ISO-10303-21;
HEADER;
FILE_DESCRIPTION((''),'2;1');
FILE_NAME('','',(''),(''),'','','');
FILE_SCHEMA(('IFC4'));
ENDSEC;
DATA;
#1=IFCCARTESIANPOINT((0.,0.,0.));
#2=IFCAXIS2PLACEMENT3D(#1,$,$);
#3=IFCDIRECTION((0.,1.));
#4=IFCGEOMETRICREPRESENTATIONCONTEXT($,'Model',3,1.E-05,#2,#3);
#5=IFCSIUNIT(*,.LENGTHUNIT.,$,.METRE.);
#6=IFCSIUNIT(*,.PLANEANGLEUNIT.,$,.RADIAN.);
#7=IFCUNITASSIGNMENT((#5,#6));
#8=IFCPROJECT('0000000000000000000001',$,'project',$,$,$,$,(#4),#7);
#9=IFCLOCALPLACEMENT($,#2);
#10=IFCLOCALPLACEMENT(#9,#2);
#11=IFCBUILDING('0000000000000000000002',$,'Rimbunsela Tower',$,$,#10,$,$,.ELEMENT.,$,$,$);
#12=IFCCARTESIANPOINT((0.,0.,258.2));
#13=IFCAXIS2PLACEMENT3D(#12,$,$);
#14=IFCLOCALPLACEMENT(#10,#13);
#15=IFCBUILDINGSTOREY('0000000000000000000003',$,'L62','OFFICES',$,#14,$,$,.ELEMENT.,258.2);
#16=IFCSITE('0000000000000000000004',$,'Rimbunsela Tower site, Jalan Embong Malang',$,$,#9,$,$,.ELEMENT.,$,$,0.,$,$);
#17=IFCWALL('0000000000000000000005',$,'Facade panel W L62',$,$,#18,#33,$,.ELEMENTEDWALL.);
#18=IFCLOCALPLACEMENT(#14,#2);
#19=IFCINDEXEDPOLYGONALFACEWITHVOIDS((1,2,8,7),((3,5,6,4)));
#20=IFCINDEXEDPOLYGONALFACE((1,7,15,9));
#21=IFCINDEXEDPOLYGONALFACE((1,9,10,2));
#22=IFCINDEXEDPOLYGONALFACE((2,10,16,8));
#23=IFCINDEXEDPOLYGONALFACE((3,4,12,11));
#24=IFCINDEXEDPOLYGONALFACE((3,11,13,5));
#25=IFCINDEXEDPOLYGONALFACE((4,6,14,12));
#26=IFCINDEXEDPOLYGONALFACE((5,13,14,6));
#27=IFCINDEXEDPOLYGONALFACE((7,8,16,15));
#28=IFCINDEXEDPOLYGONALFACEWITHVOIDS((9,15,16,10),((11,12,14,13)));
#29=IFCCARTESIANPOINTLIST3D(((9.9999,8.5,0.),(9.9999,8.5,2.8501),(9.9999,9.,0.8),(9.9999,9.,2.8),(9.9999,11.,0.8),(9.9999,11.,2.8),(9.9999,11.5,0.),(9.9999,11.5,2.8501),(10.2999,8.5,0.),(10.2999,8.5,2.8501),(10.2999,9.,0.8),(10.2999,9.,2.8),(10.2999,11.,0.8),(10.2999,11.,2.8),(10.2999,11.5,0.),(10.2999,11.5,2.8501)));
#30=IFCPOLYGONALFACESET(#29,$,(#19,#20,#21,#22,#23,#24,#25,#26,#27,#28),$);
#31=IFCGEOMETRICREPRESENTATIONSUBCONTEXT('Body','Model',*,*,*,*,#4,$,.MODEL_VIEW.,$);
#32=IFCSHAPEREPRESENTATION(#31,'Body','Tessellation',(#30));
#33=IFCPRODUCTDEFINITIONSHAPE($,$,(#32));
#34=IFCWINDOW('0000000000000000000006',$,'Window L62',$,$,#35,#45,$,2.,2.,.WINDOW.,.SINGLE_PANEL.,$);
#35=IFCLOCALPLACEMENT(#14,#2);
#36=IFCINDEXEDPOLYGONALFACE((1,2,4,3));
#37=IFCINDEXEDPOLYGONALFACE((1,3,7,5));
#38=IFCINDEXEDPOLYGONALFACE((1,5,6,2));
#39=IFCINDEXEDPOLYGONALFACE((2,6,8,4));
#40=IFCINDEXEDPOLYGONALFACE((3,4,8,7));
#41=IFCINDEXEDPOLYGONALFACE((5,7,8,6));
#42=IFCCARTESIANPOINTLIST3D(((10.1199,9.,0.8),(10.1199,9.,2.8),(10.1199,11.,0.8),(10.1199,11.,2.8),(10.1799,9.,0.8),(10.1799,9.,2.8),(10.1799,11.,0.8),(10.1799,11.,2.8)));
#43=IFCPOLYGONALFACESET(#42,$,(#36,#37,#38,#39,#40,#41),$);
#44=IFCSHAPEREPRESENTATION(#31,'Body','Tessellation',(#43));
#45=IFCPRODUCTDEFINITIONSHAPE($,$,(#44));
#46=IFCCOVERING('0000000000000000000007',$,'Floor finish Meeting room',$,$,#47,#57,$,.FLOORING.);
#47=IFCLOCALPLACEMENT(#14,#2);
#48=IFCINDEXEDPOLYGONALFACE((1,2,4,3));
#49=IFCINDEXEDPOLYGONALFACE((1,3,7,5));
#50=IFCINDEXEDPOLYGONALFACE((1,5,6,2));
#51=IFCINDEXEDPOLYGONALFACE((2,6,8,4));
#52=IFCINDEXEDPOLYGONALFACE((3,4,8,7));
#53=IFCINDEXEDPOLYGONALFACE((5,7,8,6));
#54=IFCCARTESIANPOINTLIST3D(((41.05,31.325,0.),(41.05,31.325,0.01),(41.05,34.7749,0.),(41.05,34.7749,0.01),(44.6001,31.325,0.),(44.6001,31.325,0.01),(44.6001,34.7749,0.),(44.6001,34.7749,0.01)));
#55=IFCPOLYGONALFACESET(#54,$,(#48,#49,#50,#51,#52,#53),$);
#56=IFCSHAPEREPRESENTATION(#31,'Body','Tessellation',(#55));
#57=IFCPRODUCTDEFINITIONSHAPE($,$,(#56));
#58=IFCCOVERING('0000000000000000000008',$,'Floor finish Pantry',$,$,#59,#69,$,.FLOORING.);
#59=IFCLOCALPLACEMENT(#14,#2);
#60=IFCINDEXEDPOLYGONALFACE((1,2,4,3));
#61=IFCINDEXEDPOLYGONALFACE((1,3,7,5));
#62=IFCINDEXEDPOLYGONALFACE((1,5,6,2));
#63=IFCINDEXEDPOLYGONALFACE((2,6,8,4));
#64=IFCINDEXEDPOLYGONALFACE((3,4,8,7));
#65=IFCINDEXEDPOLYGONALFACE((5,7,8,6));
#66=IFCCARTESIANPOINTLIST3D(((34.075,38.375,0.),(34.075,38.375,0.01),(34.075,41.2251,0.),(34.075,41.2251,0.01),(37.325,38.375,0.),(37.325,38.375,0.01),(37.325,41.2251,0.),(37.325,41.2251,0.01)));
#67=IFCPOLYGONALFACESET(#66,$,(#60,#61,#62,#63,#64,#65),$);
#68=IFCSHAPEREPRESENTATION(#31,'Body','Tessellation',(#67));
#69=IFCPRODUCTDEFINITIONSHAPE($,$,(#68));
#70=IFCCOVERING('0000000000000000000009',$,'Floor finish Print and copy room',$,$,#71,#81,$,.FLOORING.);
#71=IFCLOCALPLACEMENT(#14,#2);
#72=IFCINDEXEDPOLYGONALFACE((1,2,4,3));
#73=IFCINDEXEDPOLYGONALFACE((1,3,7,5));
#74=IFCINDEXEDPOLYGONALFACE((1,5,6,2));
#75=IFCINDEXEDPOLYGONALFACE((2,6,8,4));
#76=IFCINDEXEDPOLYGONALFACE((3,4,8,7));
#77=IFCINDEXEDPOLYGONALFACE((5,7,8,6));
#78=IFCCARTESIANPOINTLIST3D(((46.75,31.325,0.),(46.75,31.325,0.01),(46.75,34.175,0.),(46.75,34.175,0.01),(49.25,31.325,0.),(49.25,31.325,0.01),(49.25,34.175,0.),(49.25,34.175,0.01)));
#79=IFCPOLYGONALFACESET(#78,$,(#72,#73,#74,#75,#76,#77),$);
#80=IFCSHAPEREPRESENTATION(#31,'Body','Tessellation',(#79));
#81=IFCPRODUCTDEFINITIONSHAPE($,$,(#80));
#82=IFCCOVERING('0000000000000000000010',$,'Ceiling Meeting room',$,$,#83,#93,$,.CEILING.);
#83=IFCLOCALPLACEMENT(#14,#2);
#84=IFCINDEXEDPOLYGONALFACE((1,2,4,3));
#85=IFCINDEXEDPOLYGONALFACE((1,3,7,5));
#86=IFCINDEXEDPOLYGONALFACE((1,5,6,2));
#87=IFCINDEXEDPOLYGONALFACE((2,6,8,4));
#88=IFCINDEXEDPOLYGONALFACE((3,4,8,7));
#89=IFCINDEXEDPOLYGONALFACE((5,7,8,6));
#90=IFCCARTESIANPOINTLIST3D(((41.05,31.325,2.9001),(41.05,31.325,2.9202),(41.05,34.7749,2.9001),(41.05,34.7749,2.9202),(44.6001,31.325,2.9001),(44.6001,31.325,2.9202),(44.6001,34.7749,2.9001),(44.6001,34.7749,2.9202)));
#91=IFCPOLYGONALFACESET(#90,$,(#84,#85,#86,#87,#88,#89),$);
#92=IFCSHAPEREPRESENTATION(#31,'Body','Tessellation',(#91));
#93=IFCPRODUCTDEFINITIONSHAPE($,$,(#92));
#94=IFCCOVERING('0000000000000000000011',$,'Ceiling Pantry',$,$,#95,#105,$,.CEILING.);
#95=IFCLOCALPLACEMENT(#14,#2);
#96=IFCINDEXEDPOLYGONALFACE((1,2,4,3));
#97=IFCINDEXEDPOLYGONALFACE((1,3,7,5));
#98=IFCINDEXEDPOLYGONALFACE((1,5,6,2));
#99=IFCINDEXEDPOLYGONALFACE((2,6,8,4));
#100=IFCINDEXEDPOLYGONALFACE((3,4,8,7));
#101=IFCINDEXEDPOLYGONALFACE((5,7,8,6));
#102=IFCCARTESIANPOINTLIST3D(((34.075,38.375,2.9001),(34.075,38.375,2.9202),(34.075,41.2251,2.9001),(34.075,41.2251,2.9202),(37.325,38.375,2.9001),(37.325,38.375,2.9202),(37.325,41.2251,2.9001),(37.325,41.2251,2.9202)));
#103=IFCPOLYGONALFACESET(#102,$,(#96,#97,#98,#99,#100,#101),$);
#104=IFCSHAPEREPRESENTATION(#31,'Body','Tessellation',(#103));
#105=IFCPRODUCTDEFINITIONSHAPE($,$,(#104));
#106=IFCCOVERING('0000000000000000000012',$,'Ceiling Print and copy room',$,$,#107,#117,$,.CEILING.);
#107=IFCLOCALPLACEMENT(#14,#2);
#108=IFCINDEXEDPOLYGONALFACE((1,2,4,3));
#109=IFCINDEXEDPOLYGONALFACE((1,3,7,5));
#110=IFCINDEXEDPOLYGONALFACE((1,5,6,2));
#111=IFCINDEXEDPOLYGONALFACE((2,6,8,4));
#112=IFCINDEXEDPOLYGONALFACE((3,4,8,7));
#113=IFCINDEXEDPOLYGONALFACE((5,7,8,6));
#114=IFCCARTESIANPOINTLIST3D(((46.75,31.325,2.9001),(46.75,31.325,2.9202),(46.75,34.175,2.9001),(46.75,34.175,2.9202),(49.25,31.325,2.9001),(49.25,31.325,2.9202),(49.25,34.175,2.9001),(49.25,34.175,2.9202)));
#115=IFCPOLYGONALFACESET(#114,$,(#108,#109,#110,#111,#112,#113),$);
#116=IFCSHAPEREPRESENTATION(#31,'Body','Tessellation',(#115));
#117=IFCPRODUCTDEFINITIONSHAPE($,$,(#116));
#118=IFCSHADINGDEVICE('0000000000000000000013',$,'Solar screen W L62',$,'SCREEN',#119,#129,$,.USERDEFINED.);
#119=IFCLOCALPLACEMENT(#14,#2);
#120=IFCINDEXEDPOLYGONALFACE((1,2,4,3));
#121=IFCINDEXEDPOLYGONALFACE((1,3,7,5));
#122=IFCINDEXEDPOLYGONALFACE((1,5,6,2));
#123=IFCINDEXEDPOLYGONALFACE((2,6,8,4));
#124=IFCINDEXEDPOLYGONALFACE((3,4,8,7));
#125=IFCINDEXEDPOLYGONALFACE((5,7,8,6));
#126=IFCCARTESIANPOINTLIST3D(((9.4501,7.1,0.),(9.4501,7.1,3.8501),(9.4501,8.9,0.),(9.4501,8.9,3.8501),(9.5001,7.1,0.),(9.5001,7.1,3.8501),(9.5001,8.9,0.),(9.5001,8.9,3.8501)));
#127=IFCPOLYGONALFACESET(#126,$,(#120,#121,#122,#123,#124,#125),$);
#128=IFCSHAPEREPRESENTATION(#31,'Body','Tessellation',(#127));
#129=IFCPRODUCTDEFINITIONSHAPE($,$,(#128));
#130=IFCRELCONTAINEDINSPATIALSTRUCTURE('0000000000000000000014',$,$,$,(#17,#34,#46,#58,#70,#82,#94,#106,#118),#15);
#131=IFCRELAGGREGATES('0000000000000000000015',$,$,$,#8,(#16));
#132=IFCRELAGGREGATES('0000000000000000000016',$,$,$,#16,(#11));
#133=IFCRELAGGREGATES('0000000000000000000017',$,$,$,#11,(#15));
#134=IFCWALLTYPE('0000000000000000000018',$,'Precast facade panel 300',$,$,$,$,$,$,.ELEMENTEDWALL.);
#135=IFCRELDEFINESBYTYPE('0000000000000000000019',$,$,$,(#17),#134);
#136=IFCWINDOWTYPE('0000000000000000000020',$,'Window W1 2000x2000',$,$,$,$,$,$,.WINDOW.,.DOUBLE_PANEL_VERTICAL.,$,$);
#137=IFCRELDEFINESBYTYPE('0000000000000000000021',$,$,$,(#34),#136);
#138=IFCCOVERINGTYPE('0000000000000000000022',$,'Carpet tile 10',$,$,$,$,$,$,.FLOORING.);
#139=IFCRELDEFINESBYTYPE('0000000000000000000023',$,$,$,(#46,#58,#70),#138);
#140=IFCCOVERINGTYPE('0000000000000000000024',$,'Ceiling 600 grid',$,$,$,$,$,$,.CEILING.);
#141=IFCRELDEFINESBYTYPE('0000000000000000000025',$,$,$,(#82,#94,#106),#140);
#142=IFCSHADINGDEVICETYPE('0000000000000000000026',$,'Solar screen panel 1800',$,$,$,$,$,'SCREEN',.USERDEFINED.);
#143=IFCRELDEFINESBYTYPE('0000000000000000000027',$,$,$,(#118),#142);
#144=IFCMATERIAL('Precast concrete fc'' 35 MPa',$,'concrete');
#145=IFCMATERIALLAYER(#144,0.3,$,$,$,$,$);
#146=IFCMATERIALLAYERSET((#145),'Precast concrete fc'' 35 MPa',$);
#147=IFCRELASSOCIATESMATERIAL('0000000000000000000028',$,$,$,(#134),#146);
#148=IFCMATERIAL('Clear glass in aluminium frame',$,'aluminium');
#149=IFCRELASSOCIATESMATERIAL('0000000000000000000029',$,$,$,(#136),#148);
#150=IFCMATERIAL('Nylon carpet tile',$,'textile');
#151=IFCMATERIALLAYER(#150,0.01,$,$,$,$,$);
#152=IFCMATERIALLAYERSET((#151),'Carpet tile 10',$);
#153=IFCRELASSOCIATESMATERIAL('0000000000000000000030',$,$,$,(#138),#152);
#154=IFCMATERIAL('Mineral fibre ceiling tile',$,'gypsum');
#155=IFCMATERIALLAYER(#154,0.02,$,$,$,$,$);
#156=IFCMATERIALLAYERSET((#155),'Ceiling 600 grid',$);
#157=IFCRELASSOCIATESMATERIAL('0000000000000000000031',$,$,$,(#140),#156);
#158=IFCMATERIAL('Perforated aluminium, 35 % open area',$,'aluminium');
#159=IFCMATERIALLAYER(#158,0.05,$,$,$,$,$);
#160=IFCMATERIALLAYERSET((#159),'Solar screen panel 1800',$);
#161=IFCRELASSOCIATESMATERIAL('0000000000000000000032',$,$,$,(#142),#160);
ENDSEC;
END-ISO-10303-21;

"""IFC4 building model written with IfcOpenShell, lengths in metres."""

from ifc_helpers import new_model, si_unit, direction, frame, frame_2d, origin, origin_2d, place, context, subcontext, project, spatial, polyline, rectangle, outline, extrude, material, layer, layer_set, type_object, element, fill, save


model = new_model("IFC4")

# Units and contexts
model_context = context("Model", 3, precision=1e-05, world=origin(), true_north=direction((0.0, 1.0)))
body_context = subcontext(model_context, "Body", "Model", "MODEL_VIEW")
ifc_project = project(units=[si_unit("LENGTHUNIT", "METRE"), si_unit("PLANEANGLEUNIT", "RADIAN")], contexts=[model_context])

# Site, building, storey
site_placement = place(None, origin())
site = spatial("IfcSite", under=ifc_project, at=site_placement, Name="Rimbunsela Tower site, Jalan Embong Malang", CompositionType="ELEMENT", RefElevation=0.0)
building_placement = place(site_placement, origin())
building = spatial("IfcBuilding", under=site, at=building_placement, Name="Rimbunsela Tower", CompositionType="ELEMENT")
storey_placement = place(building_placement, frame((0.0, 0.0, 258.2)))
storey = spatial("IfcBuildingStorey", under=building, at=storey_placement, Name="L62", Description="OFFICES", CompositionType="ELEMENT", Elevation=258.2)

# Shared definitions
ifc_material_1 = material(Name="Precast concrete fc' 35 MPa", Category="concrete")
ifc_layer_1 = layer(ifc_material_1, 0.3)
ifc_layer_set_1 = layer_set([ifc_layer_1], Name="Precast concrete fc' 35 MPa")
wall_type = type_object("IfcWallType", Name="Precast facade panel 300", PredefinedType="ELEMENTEDWALL", material=ifc_layer_set_1)

# Wall, opening, window
wall_1_placement = place(storey_placement, frame((10.1499, 11.5, 0.0), z_axis=(0.0, 0.0, 1.0), x_axis=(0.0, -1.0, 0.0)))
wall_1 = element("IfcWall", 1, at=wall_1_placement, inside=storey, type_object=wall_type, Name="Facade panel W L62", PredefinedType="ELEMENTEDWALL", context=body_context, shape_type="SweptSolid", body=[
    extrude(rectangle(XDim=3.0, YDim=0.3, at=frame_2d((1.5, 0.0))), origin(), (0.0, 0.0, 1.0), 2.8501),
])
opening_placement = place(wall_1_placement, frame((0.5, 0.0, 0.8)))
opening = element("IfcOpeningElement", 2, at=opening_placement, cuts=wall_1, PredefinedType="OPENING", context=body_context, shape_type="SweptSolid", body=[
    extrude(rectangle(XDim=2.0, YDim=2.0, at=frame_2d((1.0, 1.0))), frame((0.0, 0.1599, 0.0), z_axis=(0.0, -1.0, 0.0), x_axis=(1.0, 0.0, 0.0)), (0.0, 0.0, 1.0), 0.3201),
])
ifc_material_2 = material(Name="Clear glass in aluminium frame", Category="aluminium")
window_type = type_object("IfcWindowType", Name="Window W1 2000x2000", PartitioningType="DOUBLE_PANEL_VERTICAL", PredefinedType="WINDOW", material=ifc_material_2)
window_placement = place(opening_placement, origin())
window = element("IfcWindow", 3, at=window_placement, inside=storey, type_object=window_type, Name="Window L62", OverallHeight=2.0, OverallWidth=2.0, PartitioningType="SINGLE_PANEL", PredefinedType="WINDOW", context=body_context, shape_type="SweptSolid", body=[
    extrude(rectangle(XDim=2.0, YDim=2.0, at=frame_2d((1.0, 1.0))), frame((0.0, 0.03, 0.0), z_axis=(0.0, -1.0, 0.0), x_axis=(1.0, 0.0, 0.0)), (0.0, 0.0, 1.0), 0.0601),
])
fill(opening, window)

# Coverings
ifc_material_3 = material(Name="Nylon carpet tile", Category="textile")
ifc_layer_2 = layer(ifc_material_3, 0.01)
ifc_layer_set_2 = layer_set([ifc_layer_2], Name="Carpet tile 10")
covering_type_1 = type_object("IfcCoveringType", Name="Carpet tile 10", PredefinedType="FLOORING", material=ifc_layer_set_2)
covering_1_placement = place(storey_placement, origin())
element("IfcCovering", 4, at=covering_1_placement, inside=storey, type_object=covering_type_1, Name="Floor finish Meeting room", PredefinedType="FLOORING", context=body_context, shape_type="SweptSolid", body=[
    extrude(outline(polyline([(44.6001, 31.325), (44.6001, 34.7749), (41.05, 34.7749), (41.05, 31.325), (44.6001, 31.325)])), origin(), (0.0, 0.0, 1.0), 0.01),
])
covering_2_placement = place(storey_placement, origin())
element("IfcCovering", 5, at=covering_2_placement, inside=storey, type_object=covering_type_1, Name="Floor finish Pantry", PredefinedType="FLOORING", context=body_context, shape_type="SweptSolid", body=[
    extrude(outline(polyline([(37.325, 38.375), (37.325, 41.2251), (34.075, 41.2251), (34.075, 38.375), (37.325, 38.375)])), origin(), (0.0, 0.0, 1.0), 0.01),
])
covering_3_placement = place(storey_placement, origin())
element("IfcCovering", 6, at=covering_3_placement, inside=storey, type_object=covering_type_1, Name="Floor finish Print and copy room", PredefinedType="FLOORING", context=body_context, shape_type="SweptSolid", body=[
    extrude(outline(polyline([(49.25, 31.325), (49.25, 34.175), (46.75, 34.175), (46.75, 31.325), (49.25, 31.325)])), origin(), (0.0, 0.0, 1.0), 0.01),
])
ifc_material_4 = material(Name="Mineral fibre ceiling tile", Category="gypsum")
ifc_layer_3 = layer(ifc_material_4, 0.02)
ifc_layer_set_3 = layer_set([ifc_layer_3], Name="Ceiling 600 grid")
covering_type_2 = type_object("IfcCoveringType", Name="Ceiling 600 grid", PredefinedType="CEILING", material=ifc_layer_set_3)
covering_4_placement = place(storey_placement, frame((0.0, 0.0, 2.9001)))
element("IfcCovering", 7, at=covering_4_placement, inside=storey, type_object=covering_type_2, Name="Ceiling Meeting room", PredefinedType="CEILING", context=body_context, shape_type="SweptSolid", body=[
    extrude(outline(polyline([(44.6001, 31.325), (44.6001, 34.7749), (41.05, 34.7749), (41.05, 31.325), (44.6001, 31.325)])), origin(), (0.0, 0.0, 1.0), 0.02),
])
covering_5_placement = place(storey_placement, frame((0.0, 0.0, 2.9001)))
element("IfcCovering", 8, at=covering_5_placement, inside=storey, type_object=covering_type_2, Name="Ceiling Pantry", PredefinedType="CEILING", context=body_context, shape_type="SweptSolid", body=[
    extrude(outline(polyline([(37.325, 38.375), (37.325, 41.2251), (34.075, 41.2251), (34.075, 38.375), (37.325, 38.375)])), origin(), (0.0, 0.0, 1.0), 0.02),
])
covering_6_placement = place(storey_placement, frame((0.0, 0.0, 2.9001)))
element("IfcCovering", 9, at=covering_6_placement, inside=storey, type_object=covering_type_2, Name="Ceiling Print and copy room", PredefinedType="CEILING", context=body_context, shape_type="SweptSolid", body=[
    extrude(outline(polyline([(49.25, 31.325), (49.25, 34.175), (46.75, 34.175), (46.75, 31.325), (49.25, 31.325)])), origin(), (0.0, 0.0, 1.0), 0.02),
])

# Shading device
ifc_material_5 = material(Name="Perforated aluminium, 35 % open area", Category="aluminium")
ifc_layer_4 = layer(ifc_material_5, 0.05)
ifc_layer_set_4 = layer_set([ifc_layer_4], Name="Solar screen panel 1800")
shading_device_type = type_object("IfcShadingDeviceType", Name="Solar screen panel 1800", ElementType="SCREEN", PredefinedType="USERDEFINED", material=ifc_layer_set_4)
shading_device_placement = place(storey_placement, frame((9.4751, 8.0, 0.0), z_axis=(0.0, 0.0, 1.0), x_axis=(0.0, 1.0, 0.0)))
element("IfcShadingDevice", 10, at=shading_device_placement, inside=storey, type_object=shading_device_type, Name="Solar screen W L62", ObjectType="SCREEN", PredefinedType="USERDEFINED", context=body_context, shape_type="SweptSolid", body=[
    extrude(rectangle(XDim=1.8, YDim=0.05, at=origin_2d()), origin(), (0.0, 0.0, 1.0), 3.8501),
])

save(model, "model.ifc")
